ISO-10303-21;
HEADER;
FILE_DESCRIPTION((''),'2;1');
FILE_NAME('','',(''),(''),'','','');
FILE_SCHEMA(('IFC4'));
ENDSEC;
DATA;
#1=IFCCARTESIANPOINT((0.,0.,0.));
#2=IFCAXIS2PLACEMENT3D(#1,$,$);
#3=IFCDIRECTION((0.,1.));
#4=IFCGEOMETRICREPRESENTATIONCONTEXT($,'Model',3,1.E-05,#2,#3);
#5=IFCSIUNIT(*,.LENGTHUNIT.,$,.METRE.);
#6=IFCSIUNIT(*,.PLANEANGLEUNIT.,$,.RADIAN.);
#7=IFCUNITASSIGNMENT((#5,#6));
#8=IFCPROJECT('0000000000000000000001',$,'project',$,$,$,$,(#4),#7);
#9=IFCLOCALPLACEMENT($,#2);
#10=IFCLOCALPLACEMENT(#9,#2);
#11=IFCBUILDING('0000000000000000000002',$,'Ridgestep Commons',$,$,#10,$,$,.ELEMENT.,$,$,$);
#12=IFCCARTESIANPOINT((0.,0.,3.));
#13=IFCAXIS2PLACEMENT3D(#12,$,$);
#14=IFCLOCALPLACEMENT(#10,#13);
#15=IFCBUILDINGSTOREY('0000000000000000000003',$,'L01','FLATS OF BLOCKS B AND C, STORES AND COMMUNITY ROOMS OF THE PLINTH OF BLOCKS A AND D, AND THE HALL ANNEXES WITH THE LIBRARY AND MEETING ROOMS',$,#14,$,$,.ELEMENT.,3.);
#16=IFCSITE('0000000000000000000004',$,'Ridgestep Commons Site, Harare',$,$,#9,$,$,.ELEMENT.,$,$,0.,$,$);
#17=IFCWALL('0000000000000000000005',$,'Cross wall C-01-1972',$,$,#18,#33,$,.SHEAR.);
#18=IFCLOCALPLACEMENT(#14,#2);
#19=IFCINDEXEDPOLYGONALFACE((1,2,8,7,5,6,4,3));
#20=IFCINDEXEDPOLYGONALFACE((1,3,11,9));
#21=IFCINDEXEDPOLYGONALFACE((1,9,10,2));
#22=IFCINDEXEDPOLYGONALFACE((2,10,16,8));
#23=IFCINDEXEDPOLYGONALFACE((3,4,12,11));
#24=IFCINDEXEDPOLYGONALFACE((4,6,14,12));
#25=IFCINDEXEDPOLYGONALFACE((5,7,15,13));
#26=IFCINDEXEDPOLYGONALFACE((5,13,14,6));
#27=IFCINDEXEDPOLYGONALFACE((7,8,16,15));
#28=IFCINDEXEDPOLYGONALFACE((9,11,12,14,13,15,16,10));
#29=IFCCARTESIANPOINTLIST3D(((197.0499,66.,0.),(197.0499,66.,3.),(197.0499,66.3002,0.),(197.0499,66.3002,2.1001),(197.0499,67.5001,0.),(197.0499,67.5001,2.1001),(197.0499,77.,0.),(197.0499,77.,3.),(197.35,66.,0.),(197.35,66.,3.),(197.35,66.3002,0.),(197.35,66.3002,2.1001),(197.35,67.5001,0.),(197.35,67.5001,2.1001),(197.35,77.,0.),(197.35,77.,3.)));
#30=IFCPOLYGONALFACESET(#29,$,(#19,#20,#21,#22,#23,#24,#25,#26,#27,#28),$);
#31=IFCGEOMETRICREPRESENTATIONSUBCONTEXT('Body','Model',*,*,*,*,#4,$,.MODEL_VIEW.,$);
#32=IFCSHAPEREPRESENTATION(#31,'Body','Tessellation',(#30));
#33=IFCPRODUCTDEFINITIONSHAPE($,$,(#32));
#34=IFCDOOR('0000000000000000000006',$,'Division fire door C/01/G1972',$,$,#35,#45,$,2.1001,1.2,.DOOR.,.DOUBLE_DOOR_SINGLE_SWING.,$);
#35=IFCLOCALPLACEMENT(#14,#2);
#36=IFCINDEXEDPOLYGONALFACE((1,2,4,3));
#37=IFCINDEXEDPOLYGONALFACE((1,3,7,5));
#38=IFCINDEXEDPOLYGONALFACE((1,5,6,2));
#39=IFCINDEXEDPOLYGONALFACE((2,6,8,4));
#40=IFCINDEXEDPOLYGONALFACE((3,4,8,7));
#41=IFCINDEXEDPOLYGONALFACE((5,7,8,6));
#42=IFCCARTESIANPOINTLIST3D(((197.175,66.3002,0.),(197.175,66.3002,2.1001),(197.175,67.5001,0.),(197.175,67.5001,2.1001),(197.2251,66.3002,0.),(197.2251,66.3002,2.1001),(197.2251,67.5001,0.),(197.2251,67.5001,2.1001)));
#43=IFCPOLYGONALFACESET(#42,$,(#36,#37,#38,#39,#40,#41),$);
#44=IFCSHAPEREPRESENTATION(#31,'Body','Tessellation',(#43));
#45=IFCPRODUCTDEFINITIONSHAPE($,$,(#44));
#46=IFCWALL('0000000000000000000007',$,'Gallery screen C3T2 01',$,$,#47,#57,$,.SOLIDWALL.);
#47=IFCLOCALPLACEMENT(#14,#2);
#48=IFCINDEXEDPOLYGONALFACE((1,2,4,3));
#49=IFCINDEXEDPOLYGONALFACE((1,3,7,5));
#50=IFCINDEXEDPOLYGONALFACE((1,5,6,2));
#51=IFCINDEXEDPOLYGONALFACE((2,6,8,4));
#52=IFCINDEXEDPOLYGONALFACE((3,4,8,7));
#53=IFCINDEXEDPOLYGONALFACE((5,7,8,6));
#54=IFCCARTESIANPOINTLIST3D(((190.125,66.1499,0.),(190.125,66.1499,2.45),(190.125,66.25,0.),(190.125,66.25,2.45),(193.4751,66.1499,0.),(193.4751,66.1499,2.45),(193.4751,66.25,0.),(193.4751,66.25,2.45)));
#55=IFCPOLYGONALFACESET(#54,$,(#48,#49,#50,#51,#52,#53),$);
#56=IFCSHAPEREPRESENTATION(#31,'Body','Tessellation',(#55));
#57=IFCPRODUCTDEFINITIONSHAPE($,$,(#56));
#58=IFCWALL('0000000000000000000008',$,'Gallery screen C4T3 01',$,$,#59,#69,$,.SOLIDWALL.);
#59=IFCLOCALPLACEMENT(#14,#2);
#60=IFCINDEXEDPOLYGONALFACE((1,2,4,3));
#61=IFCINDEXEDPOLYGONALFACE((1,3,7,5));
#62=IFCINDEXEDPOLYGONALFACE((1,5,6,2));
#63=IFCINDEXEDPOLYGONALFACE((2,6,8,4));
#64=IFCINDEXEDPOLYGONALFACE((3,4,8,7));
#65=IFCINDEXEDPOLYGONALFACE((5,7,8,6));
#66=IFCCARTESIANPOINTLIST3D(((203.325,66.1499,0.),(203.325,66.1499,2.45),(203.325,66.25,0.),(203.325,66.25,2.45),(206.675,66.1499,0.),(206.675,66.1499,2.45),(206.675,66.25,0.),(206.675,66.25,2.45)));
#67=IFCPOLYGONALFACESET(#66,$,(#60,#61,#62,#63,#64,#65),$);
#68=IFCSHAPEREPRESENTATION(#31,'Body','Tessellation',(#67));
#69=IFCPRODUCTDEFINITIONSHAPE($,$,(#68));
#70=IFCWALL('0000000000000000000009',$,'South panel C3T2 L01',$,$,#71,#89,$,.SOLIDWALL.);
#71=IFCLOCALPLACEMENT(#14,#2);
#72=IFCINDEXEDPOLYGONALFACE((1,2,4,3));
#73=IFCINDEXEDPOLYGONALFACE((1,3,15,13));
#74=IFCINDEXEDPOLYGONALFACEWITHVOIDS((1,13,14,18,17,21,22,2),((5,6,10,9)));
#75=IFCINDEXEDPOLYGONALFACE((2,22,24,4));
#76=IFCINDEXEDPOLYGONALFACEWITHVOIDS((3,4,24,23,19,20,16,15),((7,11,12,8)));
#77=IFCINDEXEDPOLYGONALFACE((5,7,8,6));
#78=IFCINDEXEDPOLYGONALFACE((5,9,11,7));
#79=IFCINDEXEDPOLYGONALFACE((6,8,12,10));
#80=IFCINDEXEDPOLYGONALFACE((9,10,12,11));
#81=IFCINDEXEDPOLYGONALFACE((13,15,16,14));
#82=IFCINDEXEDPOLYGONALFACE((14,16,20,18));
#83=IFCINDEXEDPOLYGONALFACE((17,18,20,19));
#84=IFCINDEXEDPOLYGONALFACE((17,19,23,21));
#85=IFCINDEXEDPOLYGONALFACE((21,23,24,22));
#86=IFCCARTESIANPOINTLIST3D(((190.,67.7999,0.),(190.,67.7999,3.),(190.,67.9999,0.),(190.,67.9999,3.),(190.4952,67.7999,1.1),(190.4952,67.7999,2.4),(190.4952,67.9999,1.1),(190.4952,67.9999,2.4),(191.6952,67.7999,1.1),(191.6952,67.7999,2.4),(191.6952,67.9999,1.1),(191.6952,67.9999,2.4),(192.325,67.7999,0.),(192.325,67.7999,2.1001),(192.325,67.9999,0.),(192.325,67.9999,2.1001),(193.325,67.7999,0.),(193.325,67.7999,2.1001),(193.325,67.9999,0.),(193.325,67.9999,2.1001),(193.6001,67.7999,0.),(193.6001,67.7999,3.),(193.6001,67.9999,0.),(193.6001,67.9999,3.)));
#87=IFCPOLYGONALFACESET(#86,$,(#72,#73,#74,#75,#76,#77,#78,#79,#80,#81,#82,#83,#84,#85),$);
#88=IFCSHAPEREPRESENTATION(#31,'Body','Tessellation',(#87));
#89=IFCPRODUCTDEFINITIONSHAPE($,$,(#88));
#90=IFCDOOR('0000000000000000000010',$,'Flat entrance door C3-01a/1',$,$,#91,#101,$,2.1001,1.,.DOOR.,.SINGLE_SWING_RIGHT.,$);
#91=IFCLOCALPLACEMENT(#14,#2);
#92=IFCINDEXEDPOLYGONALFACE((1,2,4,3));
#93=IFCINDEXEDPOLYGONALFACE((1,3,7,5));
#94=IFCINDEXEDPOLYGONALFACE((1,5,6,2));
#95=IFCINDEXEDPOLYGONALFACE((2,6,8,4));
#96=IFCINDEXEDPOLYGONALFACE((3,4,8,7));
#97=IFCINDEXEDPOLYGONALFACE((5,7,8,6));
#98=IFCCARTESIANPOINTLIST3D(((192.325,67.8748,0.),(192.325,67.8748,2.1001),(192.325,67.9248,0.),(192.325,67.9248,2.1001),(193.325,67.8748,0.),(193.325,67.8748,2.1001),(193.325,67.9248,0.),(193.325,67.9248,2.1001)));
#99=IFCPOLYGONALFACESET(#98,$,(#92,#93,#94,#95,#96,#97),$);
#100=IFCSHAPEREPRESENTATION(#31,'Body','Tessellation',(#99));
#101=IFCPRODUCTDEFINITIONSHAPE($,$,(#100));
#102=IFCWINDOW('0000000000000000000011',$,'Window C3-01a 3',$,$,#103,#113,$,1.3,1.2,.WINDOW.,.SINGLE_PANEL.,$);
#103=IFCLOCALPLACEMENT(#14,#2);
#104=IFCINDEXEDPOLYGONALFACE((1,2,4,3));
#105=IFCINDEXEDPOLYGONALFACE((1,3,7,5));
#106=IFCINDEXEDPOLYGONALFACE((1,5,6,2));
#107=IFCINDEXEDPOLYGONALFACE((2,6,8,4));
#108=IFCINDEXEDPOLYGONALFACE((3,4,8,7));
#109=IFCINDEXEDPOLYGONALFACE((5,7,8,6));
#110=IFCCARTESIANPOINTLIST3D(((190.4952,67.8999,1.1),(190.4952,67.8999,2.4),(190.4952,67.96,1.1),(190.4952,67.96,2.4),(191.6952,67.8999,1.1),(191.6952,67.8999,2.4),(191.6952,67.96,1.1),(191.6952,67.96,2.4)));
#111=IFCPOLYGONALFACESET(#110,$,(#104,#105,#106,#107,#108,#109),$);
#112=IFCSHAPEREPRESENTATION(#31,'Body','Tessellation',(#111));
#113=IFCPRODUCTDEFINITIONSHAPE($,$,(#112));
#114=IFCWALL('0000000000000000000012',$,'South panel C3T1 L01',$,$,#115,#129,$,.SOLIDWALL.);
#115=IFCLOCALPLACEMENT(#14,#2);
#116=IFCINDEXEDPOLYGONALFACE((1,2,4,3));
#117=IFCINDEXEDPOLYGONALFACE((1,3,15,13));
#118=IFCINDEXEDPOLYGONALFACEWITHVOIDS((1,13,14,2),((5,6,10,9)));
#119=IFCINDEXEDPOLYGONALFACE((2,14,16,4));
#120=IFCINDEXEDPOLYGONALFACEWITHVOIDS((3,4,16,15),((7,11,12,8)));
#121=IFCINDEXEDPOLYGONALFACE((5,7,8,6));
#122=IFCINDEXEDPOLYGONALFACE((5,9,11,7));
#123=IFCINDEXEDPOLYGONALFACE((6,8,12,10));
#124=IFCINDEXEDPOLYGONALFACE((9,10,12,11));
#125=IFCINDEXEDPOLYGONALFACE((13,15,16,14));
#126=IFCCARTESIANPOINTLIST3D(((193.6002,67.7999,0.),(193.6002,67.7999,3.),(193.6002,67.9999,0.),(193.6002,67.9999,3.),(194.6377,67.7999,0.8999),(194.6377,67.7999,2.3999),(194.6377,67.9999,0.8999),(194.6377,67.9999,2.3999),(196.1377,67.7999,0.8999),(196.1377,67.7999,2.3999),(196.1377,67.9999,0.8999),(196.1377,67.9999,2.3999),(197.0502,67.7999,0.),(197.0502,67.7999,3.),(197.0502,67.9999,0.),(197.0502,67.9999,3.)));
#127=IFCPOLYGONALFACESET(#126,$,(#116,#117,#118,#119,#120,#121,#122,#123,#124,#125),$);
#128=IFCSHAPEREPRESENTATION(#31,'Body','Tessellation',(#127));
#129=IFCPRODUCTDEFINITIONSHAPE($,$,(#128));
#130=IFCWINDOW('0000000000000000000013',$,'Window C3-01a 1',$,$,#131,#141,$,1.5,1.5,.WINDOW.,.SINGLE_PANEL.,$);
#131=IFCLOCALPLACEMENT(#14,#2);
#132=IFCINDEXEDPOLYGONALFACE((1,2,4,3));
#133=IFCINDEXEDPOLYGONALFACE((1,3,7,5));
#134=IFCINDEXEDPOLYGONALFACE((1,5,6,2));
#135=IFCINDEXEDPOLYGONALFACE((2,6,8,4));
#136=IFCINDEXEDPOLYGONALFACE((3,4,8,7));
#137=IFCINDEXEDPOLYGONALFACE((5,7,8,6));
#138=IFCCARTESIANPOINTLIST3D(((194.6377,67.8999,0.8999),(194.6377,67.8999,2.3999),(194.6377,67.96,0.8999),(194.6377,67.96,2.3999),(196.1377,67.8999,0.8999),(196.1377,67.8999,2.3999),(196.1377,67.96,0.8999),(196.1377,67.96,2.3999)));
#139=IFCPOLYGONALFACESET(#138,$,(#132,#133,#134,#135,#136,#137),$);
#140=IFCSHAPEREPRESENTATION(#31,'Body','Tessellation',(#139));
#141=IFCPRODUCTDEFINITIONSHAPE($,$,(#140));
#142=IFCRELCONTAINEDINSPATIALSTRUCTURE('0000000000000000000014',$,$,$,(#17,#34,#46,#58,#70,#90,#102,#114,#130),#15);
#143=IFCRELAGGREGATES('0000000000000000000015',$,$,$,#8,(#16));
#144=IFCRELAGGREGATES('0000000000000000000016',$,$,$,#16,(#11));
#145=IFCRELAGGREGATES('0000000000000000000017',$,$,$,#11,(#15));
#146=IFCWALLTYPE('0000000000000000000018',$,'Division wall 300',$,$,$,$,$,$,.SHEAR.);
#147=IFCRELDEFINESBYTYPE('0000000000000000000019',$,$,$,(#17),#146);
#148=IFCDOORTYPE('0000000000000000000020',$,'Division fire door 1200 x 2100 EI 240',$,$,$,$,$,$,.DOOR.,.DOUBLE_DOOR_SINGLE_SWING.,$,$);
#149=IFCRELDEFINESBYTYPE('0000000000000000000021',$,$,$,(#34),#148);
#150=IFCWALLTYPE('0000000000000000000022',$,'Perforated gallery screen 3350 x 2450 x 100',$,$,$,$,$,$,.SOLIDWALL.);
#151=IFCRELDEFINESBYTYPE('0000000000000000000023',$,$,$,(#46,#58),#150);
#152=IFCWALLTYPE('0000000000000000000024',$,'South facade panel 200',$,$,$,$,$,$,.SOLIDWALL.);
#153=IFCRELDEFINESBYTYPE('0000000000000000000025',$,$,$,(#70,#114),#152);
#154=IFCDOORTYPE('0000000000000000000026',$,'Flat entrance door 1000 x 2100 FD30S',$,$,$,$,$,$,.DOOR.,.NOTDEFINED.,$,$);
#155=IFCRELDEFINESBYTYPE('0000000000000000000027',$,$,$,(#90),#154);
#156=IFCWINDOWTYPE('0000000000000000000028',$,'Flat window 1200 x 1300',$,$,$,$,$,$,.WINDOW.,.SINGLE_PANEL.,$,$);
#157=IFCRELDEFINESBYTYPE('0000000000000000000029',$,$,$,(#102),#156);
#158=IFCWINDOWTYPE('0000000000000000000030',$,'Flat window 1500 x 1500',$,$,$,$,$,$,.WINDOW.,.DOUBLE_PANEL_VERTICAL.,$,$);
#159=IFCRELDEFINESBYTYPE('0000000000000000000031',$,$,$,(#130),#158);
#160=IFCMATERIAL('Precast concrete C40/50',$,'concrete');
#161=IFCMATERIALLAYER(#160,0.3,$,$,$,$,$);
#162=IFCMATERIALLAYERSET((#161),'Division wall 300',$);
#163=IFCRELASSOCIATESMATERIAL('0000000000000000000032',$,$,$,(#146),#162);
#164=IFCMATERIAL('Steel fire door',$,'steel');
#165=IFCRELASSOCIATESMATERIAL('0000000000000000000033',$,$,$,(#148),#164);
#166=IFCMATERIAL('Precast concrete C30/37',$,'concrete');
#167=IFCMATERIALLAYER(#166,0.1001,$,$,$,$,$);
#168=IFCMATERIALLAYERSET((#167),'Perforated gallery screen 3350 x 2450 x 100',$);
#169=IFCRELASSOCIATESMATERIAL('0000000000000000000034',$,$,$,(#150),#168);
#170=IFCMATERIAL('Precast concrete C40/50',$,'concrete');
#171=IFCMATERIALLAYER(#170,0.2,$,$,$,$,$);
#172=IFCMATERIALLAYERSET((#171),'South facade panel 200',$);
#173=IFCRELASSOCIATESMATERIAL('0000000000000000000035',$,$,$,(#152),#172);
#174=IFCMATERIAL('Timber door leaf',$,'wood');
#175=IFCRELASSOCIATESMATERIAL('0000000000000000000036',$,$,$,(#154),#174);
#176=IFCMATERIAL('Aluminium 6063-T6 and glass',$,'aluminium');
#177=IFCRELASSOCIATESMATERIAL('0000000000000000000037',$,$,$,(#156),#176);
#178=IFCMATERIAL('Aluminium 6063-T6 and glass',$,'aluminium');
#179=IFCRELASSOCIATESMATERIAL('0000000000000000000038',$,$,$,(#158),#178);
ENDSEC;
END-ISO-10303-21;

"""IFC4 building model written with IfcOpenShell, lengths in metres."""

from ifc_helpers import new_model, si_unit, direction, frame, frame_2d, origin, place, context, subcontext, project, spatial, rectangle, extrude, material, layer, layer_set, type_object, element, fill, save


model = new_model("IFC4")

# Units and contexts
model_context = context("Model", 3, precision=1e-05, world=origin(), true_north=direction((0.0, 1.0)))
body_context = subcontext(model_context, "Body", "Model", "MODEL_VIEW")
ifc_project = project(units=[si_unit("LENGTHUNIT", "METRE"), si_unit("PLANEANGLEUNIT", "RADIAN")], contexts=[model_context])

# Site, building, storey
site_placement = place(None, origin())
site = spatial("IfcSite", under=ifc_project, at=site_placement, Name="Ridgestep Commons Site, Harare", CompositionType="ELEMENT", RefElevation=0.0)
building_placement = place(site_placement, origin())
building = spatial("IfcBuilding", under=site, at=building_placement, Name="Ridgestep Commons", CompositionType="ELEMENT")
storey_placement = place(building_placement, frame((0.0, 0.0, 3.0)))
storey = spatial("IfcBuildingStorey", under=building, at=storey_placement, Name="L01", Description="FLATS OF BLOCKS B AND C, STORES AND COMMUNITY ROOMS OF THE PLINTH OF BLOCKS A AND D, AND THE HALL ANNEXES WITH THE LIBRARY AND MEETING ROOMS", CompositionType="ELEMENT", Elevation=3.0)

# Wall, opening, door
ifc_material_1 = material(Name="Precast concrete C40/50", Category="concrete")
ifc_layer_1 = layer(ifc_material_1, 0.3)
ifc_layer_set_1 = layer_set([ifc_layer_1], Name="Division wall 300")
wall_type_1 = type_object("IfcWallType", Name="Division wall 300", PredefinedType="SHEAR", material=ifc_layer_set_1)
wall_1_placement = place(storey_placement, frame((197.2, 66.0, 0.0), z_axis=(0.0, 0.0, 1.0), x_axis=(0.0, 1.0, 0.0)))
wall_1 = element("IfcWall", 1, at=wall_1_placement, inside=storey, type_object=wall_type_1, Name="Cross wall C-01-1972", PredefinedType="SHEAR", context=body_context, shape_type="SweptSolid", body=[
    extrude(rectangle(XDim=11.0, YDim=0.3, at=frame_2d((5.5, 0.0))), origin(), (0.0, 0.0, 1.0), 3.0),
])
opening_1_placement = place(wall_1_placement, frame((0.3, 0.0, 0.0)))
opening_1 = element("IfcOpeningElement", 2, at=opening_1_placement, cuts=wall_1, PredefinedType="OPENING", context=body_context, shape_type="SweptSolid", body=[
    extrude(rectangle(XDim=1.2, YDim=2.1001, at=frame_2d((0.6001, 1.05))), frame((0.0, 0.1599, 0.0), z_axis=(0.0, -1.0, 0.0), x_axis=(1.0, 0.0, 0.0)), (0.0, 0.0, 1.0), 0.3201),
])
ifc_material_2 = material(Name="Steel fire door", Category="steel")
door_type_1 = type_object("IfcDoorType", Name="Division fire door 1200 x 2100 EI 240", OperationType="DOUBLE_DOOR_SINGLE_SWING", PredefinedType="DOOR", material=ifc_material_2)
door_1_placement = place(opening_1_placement, origin())
door_1 = element("IfcDoor", 3, at=door_1_placement, inside=storey, type_object=door_type_1, Name="Division fire door C/01/G1972", OperationType="DOUBLE_DOOR_SINGLE_SWING", OverallHeight=2.1001, OverallWidth=1.2, PredefinedType="DOOR", context=body_context, shape_type="SweptSolid", body=[
    extrude(rectangle(XDim=1.2, YDim=2.1001, at=frame_2d((0.6001, 1.05))), frame((0.0, 0.0249, 0.0), z_axis=(0.0, -1.0, 0.0), x_axis=(1.0, 0.0, 0.0)), (0.0, 0.0, 1.0), 0.05),
])
fill(opening_1, door_1)

# Walls
ifc_material_3 = material(Name="Precast concrete C30/37", Category="concrete")
ifc_layer_2 = layer(ifc_material_3, 0.1001)
ifc_layer_set_2 = layer_set([ifc_layer_2], Name="Perforated gallery screen 3350 x 2450 x 100")
wall_type_2 = type_object("IfcWallType", Name="Perforated gallery screen 3350 x 2450 x 100", PredefinedType="SOLIDWALL", material=ifc_layer_set_2)
for number, where, z_axis, x_axis, name in (
    (4, (190.125, 66.2, 0.0), (0.0, 0.0, 1.0), (1.0, 0.0, 0.0), "Gallery screen C3T2 01"),
    (5, (203.325, 66.2, 0.0), (0.0, 0.0, 1.0), (1.0, 0.0, 0.0), "Gallery screen C4T3 01"),
):
    element("IfcWall", number, at=place(storey_placement, frame(where, z_axis=z_axis, x_axis=x_axis)), inside=storey, type_object=wall_type_2, Name=name, PredefinedType="SOLIDWALL", context=body_context, shape_type="SweptSolid", body=[
        extrude(rectangle(XDim=3.3501, YDim=0.1001, at=frame_2d((1.675, 0.0))), origin(), (0.0, 0.0, 1.0), 2.45),
    ])

# Wall, openings, door, window
ifc_material_4 = material(Name="Precast concrete C40/50", Category="concrete")
ifc_layer_3 = layer(ifc_material_4, 0.2)
ifc_layer_set_3 = layer_set([ifc_layer_3], Name="South facade panel 200")
wall_type_3 = type_object("IfcWallType", Name="South facade panel 200", PredefinedType="SOLIDWALL", material=ifc_layer_set_3)
wall_2_placement = place(storey_placement, frame((190.0, 67.8999, 0.0), z_axis=(0.0, 0.0, 1.0), x_axis=(1.0, 0.0, 0.0)))
wall_2 = element("IfcWall", 6, at=wall_2_placement, inside=storey, type_object=wall_type_3, Name="South panel C3T2 L01", PredefinedType="SOLIDWALL", context=body_context, shape_type="SweptSolid", body=[
    extrude(rectangle(XDim=3.6001, YDim=0.2, at=frame_2d((1.8, 0.0))), origin(), (0.0, 0.0, 1.0), 3.0),
])
opening_2_placement = place(wall_2_placement, frame((0.4951, 0.0, 1.1001)))
opening_2 = element("IfcOpeningElement", 7, at=opening_2_placement, cuts=wall_2, PredefinedType="OPENING", context=body_context, shape_type="SweptSolid", body=[
    extrude(rectangle(XDim=1.2, YDim=1.3, at=frame_2d((0.6001, 0.6499))), frame((0.0, 0.1099, 0.0), z_axis=(0.0, -1.0, 0.0), x_axis=(1.0, 0.0, 0.0)), (0.0, 0.0, 1.0), 0.22),
])
opening_3_placement = place(wall_2_placement, frame((2.325, 0.0, 0.0)))
opening_3 = element("IfcOpeningElement", 8, at=opening_3_placement, cuts=wall_2, PredefinedType="OPENING", context=body_context, shape_type="SweptSolid", body=[
    extrude(rectangle(XDim=1.0, YDim=2.1001, at=frame_2d((0.5, 1.05))), frame((0.0, 0.1099, 0.0), z_axis=(0.0, -1.0, 0.0), x_axis=(1.0, 0.0, 0.0)), (0.0, 0.0, 1.0), 0.22),
])
ifc_material_5 = material(Name="Timber door leaf", Category="wood")
door_type_2 = type_object("IfcDoorType", Name="Flat entrance door 1000 x 2100 FD30S", OperationType="NOTDEFINED", PredefinedType="DOOR", material=ifc_material_5)
door_2_placement = place(opening_3_placement, origin())
door_2 = element("IfcDoor", 9, at=door_2_placement, inside=storey, type_object=door_type_2, Name="Flat entrance door C3-01a/1", OperationType="SINGLE_SWING_RIGHT", OverallHeight=2.1001, OverallWidth=1.0, PredefinedType="DOOR", context=body_context, shape_type="SweptSolid", body=[
    extrude(rectangle(XDim=1.0, YDim=2.1001, at=frame_2d((0.5, 1.05))), frame((0.0, 0.0249, 0.0), z_axis=(0.0, -1.0, 0.0), x_axis=(1.0, 0.0, 0.0)), (0.0, 0.0, 1.0), 0.05),
])
fill(opening_3, door_2)
ifc_material_6 = material(Name="Aluminium 6063-T6 and glass", Category="aluminium")
window_type_1 = type_object("IfcWindowType", Name="Flat window 1200 x 1300", PartitioningType="SINGLE_PANEL", PredefinedType="WINDOW", material=ifc_material_6)
window_1_placement = place(opening_2_placement, origin())
window_1 = element("IfcWindow", 10, at=window_1_placement, inside=storey, type_object=window_type_1, Name="Window C3-01a 3", OverallHeight=1.3, OverallWidth=1.2, PartitioningType="SINGLE_PANEL", PredefinedType="WINDOW", context=body_context, shape_type="SweptSolid", body=[
    extrude(rectangle(XDim=1.2, YDim=1.3, at=frame_2d((0.6001, 0.6499))), frame((0.0, 0.0601, 0.0), z_axis=(0.0, -1.0, 0.0), x_axis=(1.0, 0.0, 0.0)), (0.0, 0.0, 1.0), 0.0601),
])
fill(opening_2, window_1)

# Wall, opening, window
wall_3_placement = place(storey_placement, frame((193.6001, 67.8999, 0.0), z_axis=(0.0, 0.0, 1.0), x_axis=(1.0, 0.0, 0.0)))
wall_3 = element("IfcWall", 11, at=wall_3_placement, inside=storey, type_object=wall_type_3, Name="South panel C3T1 L01", PredefinedType="SOLIDWALL", context=body_context, shape_type="SweptSolid", body=[
    extrude(rectangle(XDim=3.45, YDim=0.2, at=frame_2d((1.7251, 0.0))), origin(), (0.0, 0.0, 1.0), 3.0),
])
opening_4_placement = place(wall_3_placement, frame((1.0376, 0.0, 0.8999)))
opening_4 = element("IfcOpeningElement", 12, at=opening_4_placement, cuts=wall_3, PredefinedType="OPENING", context=body_context, shape_type="SweptSolid", body=[
    extrude(rectangle(XDim=1.5, YDim=1.5, at=frame_2d((0.75, 0.75))), frame((0.0, 0.1099, 0.0), z_axis=(0.0, -1.0, 0.0), x_axis=(1.0, 0.0, 0.0)), (0.0, 0.0, 1.0), 0.22),
])
ifc_material_7 = material(Name="Aluminium 6063-T6 and glass", Category="aluminium")
window_type_2 = type_object("IfcWindowType", Name="Flat window 1500 x 1500", PartitioningType="DOUBLE_PANEL_VERTICAL", PredefinedType="WINDOW", material=ifc_material_7)
window_2_placement = place(opening_4_placement, origin())
window_2 = element("IfcWindow", 13, at=window_2_placement, inside=storey, type_object=window_type_2, Name="Window C3-01a 1", OverallHeight=1.5, OverallWidth=1.5, PartitioningType="SINGLE_PANEL", PredefinedType="WINDOW", context=body_context, shape_type="SweptSolid", body=[
    extrude(rectangle(XDim=1.5, YDim=1.5, at=frame_2d((0.75, 0.75))), frame((0.0, 0.0601, 0.0), z_axis=(0.0, -1.0, 0.0), x_axis=(1.0, 0.0, 0.0)), (0.0, 0.0, 1.0), 0.0601),
])
fill(opening_4, window_2)

save(model, "model.ifc")
